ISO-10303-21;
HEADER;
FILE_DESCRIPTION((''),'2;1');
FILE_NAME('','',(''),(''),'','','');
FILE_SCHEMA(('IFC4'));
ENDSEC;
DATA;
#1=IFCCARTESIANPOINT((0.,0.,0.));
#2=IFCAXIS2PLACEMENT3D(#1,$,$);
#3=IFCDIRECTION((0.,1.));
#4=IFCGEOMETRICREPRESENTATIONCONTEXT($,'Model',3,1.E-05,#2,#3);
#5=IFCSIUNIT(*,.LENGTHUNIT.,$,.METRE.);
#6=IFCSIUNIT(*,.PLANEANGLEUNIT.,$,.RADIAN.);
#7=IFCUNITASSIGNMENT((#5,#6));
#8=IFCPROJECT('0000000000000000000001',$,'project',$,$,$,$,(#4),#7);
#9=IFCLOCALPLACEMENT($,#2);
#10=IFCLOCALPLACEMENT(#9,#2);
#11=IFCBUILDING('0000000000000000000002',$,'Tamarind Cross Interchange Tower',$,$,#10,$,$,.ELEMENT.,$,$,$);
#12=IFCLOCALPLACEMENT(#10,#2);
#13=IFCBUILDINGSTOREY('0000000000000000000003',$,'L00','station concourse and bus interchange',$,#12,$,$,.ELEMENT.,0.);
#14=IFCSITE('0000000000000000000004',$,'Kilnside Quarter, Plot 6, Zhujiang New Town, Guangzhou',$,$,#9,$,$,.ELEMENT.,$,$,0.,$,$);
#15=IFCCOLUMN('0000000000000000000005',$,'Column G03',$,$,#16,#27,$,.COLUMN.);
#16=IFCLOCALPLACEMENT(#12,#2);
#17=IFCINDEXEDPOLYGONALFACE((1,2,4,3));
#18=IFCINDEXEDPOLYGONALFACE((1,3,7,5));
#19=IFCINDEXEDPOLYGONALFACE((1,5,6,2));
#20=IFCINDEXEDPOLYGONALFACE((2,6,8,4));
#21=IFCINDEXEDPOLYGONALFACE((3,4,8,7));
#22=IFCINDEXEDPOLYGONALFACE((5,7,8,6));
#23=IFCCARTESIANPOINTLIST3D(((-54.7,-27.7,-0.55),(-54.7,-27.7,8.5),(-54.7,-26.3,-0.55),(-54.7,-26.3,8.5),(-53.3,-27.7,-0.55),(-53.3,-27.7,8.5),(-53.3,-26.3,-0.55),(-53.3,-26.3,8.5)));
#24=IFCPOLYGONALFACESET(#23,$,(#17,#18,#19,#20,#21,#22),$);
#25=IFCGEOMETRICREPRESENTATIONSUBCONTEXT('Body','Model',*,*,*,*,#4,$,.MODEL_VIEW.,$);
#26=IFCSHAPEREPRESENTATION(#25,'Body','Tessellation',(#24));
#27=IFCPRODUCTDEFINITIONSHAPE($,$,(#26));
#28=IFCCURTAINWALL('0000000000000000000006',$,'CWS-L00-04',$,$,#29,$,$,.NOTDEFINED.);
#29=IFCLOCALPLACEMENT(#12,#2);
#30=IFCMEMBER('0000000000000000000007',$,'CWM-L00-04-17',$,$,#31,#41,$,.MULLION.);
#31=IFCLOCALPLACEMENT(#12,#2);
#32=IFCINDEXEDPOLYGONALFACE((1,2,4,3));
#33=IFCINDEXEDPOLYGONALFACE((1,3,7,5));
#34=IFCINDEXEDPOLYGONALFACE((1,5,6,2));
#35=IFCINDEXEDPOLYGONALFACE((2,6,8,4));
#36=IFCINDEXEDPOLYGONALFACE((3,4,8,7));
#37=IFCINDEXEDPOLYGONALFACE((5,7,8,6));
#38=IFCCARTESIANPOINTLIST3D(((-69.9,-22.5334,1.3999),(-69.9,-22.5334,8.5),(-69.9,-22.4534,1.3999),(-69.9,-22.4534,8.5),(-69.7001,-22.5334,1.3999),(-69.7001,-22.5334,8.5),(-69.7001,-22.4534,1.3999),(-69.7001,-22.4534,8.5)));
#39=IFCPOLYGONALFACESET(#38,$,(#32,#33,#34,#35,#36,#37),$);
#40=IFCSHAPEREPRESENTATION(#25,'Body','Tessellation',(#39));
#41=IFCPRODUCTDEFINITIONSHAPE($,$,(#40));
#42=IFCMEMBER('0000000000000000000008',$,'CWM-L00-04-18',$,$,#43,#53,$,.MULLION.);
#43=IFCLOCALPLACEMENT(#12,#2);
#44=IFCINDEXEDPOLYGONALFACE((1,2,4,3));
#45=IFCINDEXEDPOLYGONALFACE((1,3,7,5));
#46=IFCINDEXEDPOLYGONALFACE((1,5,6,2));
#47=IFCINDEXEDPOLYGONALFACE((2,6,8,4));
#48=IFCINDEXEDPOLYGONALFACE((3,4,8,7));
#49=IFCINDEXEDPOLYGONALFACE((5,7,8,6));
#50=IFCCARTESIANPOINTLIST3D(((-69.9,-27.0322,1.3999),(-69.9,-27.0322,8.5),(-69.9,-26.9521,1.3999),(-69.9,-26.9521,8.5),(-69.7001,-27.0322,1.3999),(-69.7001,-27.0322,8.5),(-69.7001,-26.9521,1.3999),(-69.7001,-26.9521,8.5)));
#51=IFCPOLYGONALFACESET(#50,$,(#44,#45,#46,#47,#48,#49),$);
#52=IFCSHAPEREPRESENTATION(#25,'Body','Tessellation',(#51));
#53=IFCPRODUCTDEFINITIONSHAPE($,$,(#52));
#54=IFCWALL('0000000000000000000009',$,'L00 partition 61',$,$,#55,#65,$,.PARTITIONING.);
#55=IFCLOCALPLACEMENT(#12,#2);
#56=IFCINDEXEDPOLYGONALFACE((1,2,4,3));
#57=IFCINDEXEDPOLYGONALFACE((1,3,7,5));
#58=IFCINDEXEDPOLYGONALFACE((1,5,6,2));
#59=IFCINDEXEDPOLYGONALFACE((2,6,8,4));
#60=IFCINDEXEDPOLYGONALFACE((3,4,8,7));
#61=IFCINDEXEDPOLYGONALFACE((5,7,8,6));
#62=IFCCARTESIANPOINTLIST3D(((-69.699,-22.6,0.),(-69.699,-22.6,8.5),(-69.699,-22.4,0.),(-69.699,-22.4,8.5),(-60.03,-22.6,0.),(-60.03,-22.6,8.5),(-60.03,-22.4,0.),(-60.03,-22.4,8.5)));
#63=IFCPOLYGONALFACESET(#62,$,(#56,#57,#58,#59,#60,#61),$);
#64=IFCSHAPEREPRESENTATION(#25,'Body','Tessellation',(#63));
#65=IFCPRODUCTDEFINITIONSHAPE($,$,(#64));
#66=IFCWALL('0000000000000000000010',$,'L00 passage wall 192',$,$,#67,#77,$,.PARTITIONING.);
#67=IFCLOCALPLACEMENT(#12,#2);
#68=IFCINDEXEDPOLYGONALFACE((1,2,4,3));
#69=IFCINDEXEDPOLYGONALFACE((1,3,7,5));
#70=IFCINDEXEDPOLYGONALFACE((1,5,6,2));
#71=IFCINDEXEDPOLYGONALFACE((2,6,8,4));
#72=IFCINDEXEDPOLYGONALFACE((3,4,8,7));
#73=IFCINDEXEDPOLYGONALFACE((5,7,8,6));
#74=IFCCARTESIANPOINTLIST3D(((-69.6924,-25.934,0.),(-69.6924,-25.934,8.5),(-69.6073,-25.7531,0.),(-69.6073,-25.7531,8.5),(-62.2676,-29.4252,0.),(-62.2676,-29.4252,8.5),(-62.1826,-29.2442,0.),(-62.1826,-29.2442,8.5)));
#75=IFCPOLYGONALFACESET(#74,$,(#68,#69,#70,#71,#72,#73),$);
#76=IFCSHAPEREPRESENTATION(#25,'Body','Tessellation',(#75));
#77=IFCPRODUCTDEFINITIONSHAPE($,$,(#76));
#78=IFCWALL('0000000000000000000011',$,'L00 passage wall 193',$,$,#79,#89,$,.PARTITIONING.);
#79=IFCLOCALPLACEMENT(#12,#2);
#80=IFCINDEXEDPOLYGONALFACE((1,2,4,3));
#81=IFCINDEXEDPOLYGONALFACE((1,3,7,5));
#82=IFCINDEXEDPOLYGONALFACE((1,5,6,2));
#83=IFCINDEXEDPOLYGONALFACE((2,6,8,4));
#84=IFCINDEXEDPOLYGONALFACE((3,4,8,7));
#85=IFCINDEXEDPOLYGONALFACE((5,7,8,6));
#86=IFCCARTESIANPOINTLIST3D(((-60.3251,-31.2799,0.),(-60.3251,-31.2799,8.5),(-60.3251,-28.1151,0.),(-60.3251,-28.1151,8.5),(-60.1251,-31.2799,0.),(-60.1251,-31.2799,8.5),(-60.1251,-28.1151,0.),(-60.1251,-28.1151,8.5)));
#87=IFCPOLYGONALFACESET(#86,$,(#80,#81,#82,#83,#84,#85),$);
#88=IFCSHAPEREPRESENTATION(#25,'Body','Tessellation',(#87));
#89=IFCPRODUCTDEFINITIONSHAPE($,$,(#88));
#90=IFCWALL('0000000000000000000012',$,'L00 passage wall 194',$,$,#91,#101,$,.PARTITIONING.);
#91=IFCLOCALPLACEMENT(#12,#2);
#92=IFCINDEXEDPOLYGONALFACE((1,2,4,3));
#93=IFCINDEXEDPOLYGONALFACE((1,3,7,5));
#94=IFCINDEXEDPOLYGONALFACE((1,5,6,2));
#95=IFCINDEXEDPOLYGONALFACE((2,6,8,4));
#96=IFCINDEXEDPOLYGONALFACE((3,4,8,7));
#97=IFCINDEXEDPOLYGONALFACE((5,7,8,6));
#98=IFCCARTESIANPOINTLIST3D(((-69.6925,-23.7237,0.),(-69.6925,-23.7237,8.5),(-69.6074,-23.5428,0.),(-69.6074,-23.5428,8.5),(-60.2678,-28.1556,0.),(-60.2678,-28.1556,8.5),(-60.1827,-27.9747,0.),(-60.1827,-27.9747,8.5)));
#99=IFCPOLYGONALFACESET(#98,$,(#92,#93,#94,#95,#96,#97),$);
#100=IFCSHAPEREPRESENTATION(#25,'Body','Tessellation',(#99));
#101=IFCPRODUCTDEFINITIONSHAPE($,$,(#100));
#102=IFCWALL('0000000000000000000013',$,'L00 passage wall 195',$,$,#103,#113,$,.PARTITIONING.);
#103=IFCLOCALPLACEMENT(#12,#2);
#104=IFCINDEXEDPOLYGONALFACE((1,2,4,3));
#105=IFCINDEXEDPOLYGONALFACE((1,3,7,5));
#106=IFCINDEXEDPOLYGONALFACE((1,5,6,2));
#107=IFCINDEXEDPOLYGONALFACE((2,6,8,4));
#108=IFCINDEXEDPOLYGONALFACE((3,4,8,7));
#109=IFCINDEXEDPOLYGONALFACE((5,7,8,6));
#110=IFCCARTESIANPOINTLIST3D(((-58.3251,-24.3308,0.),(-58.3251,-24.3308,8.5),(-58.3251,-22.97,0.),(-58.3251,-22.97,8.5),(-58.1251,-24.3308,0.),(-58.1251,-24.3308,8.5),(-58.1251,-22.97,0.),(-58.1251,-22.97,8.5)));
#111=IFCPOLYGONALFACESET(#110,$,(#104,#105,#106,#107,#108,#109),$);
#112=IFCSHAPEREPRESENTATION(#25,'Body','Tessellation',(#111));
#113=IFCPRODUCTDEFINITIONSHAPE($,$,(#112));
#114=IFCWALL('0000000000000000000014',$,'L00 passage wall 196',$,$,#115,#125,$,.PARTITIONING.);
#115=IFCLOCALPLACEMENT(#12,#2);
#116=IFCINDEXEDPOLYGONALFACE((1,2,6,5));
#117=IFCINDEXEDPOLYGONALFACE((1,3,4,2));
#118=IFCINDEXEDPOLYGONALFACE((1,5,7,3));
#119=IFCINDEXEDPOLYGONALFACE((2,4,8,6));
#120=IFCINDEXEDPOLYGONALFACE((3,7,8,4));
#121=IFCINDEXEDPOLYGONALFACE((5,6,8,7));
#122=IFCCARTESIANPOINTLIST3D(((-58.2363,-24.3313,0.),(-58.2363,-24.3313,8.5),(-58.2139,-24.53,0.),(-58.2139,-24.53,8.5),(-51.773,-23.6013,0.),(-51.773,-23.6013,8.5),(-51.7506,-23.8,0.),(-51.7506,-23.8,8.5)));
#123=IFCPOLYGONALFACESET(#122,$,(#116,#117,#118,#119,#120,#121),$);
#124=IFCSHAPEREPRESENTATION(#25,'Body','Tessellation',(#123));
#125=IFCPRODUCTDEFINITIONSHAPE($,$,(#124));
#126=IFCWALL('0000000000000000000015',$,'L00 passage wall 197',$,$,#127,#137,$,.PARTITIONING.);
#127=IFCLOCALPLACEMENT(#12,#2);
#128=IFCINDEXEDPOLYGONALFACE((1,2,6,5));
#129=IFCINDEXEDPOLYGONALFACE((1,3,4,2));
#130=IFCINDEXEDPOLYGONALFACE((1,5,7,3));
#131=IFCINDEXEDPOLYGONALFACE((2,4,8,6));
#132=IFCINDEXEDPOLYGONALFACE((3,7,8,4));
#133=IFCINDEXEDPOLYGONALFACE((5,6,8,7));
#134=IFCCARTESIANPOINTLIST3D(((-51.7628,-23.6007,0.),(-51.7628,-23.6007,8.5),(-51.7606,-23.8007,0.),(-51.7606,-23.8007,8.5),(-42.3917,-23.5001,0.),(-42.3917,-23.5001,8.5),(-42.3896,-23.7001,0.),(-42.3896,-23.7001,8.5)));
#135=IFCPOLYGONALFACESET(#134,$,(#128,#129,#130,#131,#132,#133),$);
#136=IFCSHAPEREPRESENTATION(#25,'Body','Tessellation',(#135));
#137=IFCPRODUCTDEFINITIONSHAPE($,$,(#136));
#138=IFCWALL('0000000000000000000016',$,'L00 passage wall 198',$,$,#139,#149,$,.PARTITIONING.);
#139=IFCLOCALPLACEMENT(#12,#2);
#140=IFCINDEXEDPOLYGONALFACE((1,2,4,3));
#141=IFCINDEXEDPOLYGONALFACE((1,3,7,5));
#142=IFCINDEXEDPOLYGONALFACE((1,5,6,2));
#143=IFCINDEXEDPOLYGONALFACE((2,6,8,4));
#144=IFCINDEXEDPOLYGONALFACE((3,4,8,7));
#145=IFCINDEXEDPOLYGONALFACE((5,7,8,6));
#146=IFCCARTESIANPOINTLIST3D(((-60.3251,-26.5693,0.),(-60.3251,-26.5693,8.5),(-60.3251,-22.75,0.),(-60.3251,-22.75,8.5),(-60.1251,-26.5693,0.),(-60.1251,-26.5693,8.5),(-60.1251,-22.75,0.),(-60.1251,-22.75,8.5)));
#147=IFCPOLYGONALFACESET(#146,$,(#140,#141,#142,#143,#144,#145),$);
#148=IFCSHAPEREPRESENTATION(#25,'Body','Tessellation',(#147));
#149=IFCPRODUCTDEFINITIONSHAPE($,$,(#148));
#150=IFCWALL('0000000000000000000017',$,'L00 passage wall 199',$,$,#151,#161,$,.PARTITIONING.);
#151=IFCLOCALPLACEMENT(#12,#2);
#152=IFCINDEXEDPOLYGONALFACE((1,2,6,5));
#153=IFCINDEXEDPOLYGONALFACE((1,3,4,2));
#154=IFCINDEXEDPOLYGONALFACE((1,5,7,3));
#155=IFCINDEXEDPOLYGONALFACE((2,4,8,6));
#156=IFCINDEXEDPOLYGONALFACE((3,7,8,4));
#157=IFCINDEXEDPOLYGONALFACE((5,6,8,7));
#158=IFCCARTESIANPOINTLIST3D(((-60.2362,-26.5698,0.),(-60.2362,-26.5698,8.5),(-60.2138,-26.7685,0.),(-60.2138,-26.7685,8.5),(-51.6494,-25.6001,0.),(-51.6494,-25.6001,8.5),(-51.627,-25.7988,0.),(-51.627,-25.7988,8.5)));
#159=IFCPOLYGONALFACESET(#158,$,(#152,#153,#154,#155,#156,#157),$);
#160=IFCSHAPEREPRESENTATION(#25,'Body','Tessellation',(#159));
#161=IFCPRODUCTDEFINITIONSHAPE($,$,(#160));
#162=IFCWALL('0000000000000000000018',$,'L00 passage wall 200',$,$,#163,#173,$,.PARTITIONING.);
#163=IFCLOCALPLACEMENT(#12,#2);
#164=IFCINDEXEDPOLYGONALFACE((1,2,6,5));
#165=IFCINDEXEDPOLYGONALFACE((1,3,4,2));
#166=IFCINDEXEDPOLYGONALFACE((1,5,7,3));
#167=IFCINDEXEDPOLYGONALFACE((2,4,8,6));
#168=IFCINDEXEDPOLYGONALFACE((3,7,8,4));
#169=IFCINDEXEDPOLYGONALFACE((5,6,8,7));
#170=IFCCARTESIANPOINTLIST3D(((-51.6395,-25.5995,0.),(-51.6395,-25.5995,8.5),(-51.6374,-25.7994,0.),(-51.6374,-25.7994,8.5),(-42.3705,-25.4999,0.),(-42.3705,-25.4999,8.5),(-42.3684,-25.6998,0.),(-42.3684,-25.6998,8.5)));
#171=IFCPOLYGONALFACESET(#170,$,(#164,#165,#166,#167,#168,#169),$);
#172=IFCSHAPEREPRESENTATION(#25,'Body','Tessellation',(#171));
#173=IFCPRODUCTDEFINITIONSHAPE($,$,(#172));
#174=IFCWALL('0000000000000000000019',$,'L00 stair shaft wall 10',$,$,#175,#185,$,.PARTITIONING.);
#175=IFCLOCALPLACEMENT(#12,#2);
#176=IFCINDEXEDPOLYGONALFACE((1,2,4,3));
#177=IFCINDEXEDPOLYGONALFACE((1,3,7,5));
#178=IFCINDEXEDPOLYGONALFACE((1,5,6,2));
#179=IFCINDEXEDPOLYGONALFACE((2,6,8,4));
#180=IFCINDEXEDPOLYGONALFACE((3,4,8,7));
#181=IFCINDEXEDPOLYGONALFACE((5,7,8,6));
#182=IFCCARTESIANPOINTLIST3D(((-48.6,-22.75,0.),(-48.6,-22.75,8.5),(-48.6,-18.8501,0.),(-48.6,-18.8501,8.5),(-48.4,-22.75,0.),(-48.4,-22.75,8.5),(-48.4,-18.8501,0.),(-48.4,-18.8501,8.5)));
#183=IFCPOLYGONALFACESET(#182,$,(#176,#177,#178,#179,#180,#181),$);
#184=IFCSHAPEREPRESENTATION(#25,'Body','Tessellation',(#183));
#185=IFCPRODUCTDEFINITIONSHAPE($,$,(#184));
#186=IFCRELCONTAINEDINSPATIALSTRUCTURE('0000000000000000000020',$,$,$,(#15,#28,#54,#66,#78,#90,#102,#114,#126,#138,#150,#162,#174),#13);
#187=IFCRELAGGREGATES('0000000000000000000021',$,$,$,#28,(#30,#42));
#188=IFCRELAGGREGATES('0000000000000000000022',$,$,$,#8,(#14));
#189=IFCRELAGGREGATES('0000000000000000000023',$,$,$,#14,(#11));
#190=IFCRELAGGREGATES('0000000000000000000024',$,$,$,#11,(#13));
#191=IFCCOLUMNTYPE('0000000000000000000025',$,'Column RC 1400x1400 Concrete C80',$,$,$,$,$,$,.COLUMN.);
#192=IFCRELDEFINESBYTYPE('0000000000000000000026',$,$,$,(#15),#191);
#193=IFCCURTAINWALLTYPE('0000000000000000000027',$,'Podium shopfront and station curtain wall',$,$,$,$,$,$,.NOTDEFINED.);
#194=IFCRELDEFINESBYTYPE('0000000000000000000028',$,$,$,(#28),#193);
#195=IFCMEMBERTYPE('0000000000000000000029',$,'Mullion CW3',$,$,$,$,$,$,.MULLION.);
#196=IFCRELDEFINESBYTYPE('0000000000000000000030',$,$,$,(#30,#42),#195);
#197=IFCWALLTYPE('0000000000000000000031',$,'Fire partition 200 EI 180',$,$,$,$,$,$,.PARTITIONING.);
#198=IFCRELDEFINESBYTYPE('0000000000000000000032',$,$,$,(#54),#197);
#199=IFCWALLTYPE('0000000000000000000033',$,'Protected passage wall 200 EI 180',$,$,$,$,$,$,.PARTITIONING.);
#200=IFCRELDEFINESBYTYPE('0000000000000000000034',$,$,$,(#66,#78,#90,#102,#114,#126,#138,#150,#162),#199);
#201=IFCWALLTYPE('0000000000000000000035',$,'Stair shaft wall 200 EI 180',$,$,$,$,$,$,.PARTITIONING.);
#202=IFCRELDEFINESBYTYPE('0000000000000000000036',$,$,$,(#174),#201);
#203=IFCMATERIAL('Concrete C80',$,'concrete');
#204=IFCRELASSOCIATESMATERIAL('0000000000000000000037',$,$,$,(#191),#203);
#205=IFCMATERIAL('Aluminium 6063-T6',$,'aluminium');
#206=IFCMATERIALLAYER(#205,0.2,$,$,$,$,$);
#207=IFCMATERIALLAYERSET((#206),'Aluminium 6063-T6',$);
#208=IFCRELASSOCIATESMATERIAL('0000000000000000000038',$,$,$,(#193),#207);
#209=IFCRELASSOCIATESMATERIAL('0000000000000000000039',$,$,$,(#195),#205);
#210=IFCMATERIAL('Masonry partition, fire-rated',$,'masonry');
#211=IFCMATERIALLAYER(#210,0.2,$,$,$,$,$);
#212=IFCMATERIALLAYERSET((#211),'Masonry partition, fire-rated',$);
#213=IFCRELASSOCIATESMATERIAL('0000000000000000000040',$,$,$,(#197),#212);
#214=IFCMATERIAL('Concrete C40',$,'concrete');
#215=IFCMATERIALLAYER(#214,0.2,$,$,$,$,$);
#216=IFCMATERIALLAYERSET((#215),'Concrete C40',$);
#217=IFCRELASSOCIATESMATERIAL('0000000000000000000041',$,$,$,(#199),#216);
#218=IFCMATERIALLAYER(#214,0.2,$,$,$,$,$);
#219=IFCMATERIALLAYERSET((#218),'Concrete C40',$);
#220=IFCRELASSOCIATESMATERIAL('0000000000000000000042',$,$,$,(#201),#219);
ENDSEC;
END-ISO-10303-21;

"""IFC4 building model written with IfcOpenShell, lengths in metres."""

from ifc_helpers import new_model, si_unit, direction, frame, frame_2d, origin, origin_2d, place, context, subcontext, project, spatial, rectangle, extrude, material, layer, layer_set, material_profile, profile_set, type_object, element, aggregate, save


model = new_model("IFC4")

# Units and contexts
model_context = context("Model", 3, precision=1e-05, world=origin(), true_north=direction((0.0, 1.0)))
body_context = subcontext(model_context, "Body", "Model", "MODEL_VIEW")
ifc_project = project(units=[si_unit("LENGTHUNIT", "METRE"), si_unit("PLANEANGLEUNIT", "RADIAN")], contexts=[model_context])

# Site, building, storey
site_placement = place(None, origin())
site = spatial("IfcSite", under=ifc_project, at=site_placement, Name="Kilnside Quarter, Plot 6, Zhujiang New Town, Guangzhou", CompositionType="ELEMENT", RefElevation=0.0)
building_placement = place(site_placement, origin())
building = spatial("IfcBuilding", under=site, at=building_placement, Name="Tamarind Cross Interchange Tower", CompositionType="ELEMENT")
storey_placement = place(building_placement, origin())
storey = spatial("IfcBuildingStorey", under=building, at=storey_placement, Name="L00", Description="station concourse and bus interchange", CompositionType="ELEMENT", Elevation=0.0)

# Column
ifc_material_1 = material(Name="Concrete C80", Category="concrete")
ifc_material_profile_1 = material_profile(ifc_material_1, rectangle(XDim=1.3999, YDim=1.3999, at=origin_2d()), Name="RC 1400x1400")
ifc_profile_set_1 = profile_set([ifc_material_profile_1], Name="Concrete C80")
column_type = type_object("IfcColumnType", Name="Column RC 1400x1400 Concrete C80", PredefinedType="COLUMN", material=ifc_profile_set_1)
column_placement = place(storey_placement, frame((-54.0, -27.0, -0.55), z_axis=(0.0, 0.0, 1.0), x_axis=(1.0, 0.0, 0.0)))
element("IfcColumn", 1, at=column_placement, inside=storey, type_object=column_type, Name="Column G03", PredefinedType="COLUMN", context=body_context, shape_type="SweptSolid", body=[
    extrude(rectangle(XDim=1.3999, YDim=1.3999, at=origin_2d()), origin(), (0.0, 0.0, 1.0), 9.05),
])

# Curtain wall, members
ifc_material_2 = material(Name="Aluminium 6063-T6", Category="aluminium")
ifc_layer_1 = layer(ifc_material_2, 0.2)
ifc_layer_set_1 = layer_set([ifc_layer_1], Name="Aluminium 6063-T6")
curtain_wall_type = type_object("IfcCurtainWallType", Name="Podium shopfront and station curtain wall", PredefinedType="NOTDEFINED", material=ifc_layer_set_1)
curtain_wall_placement = place(storey_placement, origin())
curtain_wall = element("IfcCurtainWall", 2, at=curtain_wall_placement, inside=storey, type_object=curtain_wall_type, Name="CWS-L00-04", PredefinedType="NOTDEFINED")
ifc_material_profile_2 = material_profile(ifc_material_2, rectangle(XDim=0.0801, YDim=0.2, at=origin_2d()), Name="Mullion CW3")
ifc_profile_set_2 = profile_set([ifc_material_profile_2], Name="Aluminium 6063-T6")
member_type = type_object("IfcMemberType", Name="Mullion CW3", PredefinedType="MULLION", material=ifc_profile_set_2)
member_1_placement = place(storey_placement, frame((-69.8, -22.4934, 1.3999), z_axis=(0.0, 0.0, 1.0), x_axis=(0.0, -1.0, 0.0)))
member_1 = element("IfcMember", 3, at=member_1_placement, type_object=member_type, Name="CWM-L00-04-17", PredefinedType="MULLION", context=body_context, shape_type="SweptSolid", body=[
    extrude(rectangle(XDim=0.0801, YDim=0.2, at=origin_2d()), origin(), (0.0, 0.0, 1.0), 7.1001),
])
member_2_placement = place(storey_placement, frame((-69.8, -26.9922, 1.3999), z_axis=(0.0, 0.0, 1.0), x_axis=(0.0, -1.0, 0.0)))
member_2 = element("IfcMember", 4, at=member_2_placement, type_object=member_type, Name="CWM-L00-04-18", PredefinedType="MULLION", context=body_context, shape_type="SweptSolid", body=[
    extrude(rectangle(XDim=0.0801, YDim=0.2, at=origin_2d()), origin(), (0.0, 0.0, 1.0), 7.1001),
])
aggregate(curtain_wall, [member_1, member_2])

# Wall
ifc_material_3 = material(Name="Masonry partition, fire-rated", Category="masonry")
ifc_layer_2 = layer(ifc_material_3, 0.2)
ifc_layer_set_2 = layer_set([ifc_layer_2], Name="Masonry partition, fire-rated")
wall_type_1 = type_object("IfcWallType", Name="Fire partition 200 EI 180", PredefinedType="PARTITIONING", material=ifc_layer_set_2)
wall_1_placement = place(storey_placement, frame((-69.699, -22.5, 0.0), z_axis=(0.0, 0.0, 1.0), x_axis=(1.0, 0.0, 0.0)))
element("IfcWall", 5, at=wall_1_placement, inside=storey, type_object=wall_type_1, Name="L00 partition 61", PredefinedType="PARTITIONING", context=body_context, shape_type="SweptSolid", body=[
    extrude(rectangle(XDim=9.6689, YDim=0.2, at=frame_2d((4.8345, 0.0))), origin(), (0.0, 0.0, 1.0), 8.5),
])

# Walls
ifc_material_4 = material(Name="Concrete C40", Category="concrete")
ifc_layer_3 = layer(ifc_material_4, 0.2)
ifc_layer_set_3 = layer_set([ifc_layer_3], Name="Concrete C40")
wall_type_2 = type_object("IfcWallType", Name="Protected passage wall 200 EI 180", PredefinedType="PARTITIONING", material=ifc_layer_set_3)
wall_2_placement = place(storey_placement, frame((-62.2251, -29.3347, 0.0), z_axis=(0.0, 0.0, 1.0), x_axis=(-0.904951, 0.425516, 0.0)))
element("IfcWall", 6, at=wall_2_placement, inside=storey, type_object=wall_type_2, Name="L00 passage wall 192", PredefinedType="PARTITIONING", context=body_context, shape_type="SweptSolid", body=[
    extrude(rectangle(XDim=8.2046, YDim=0.2, at=frame_2d((4.1023, 0.0))), origin(), (0.0, 0.0, 1.0), 8.5),
])
wall_3_placement = place(storey_placement, frame((-60.2251, -31.28, 0.0), z_axis=(0.0, 0.0, 1.0), x_axis=(0.0, 1.0, 0.0)))
element("IfcWall", 7, at=wall_3_placement, inside=storey, type_object=wall_type_2, Name="L00 passage wall 193", PredefinedType="PARTITIONING", context=body_context, shape_type="SweptSolid", body=[
    extrude(rectangle(XDim=3.1648, YDim=0.2, at=frame_2d((1.5825, 0.0))), origin(), (0.0, 0.0, 1.0), 8.5),
])
wall_4_placement = place(storey_placement, frame((-60.2251, -28.0652, 0.0), z_axis=(0.0, 0.0, 1.0), x_axis=(-0.904941, 0.425536, 0.0)))
element("IfcWall", 8, at=wall_4_placement, inside=storey, type_object=wall_type_2, Name="L00 passage wall 194", PredefinedType="PARTITIONING", context=body_context, shape_type="SweptSolid", body=[
    extrude(rectangle(XDim=10.4148, YDim=0.2, at=frame_2d((5.2075, 0.0))), origin(), (0.0, 0.0, 1.0), 8.5),
])
wall_5_placement = place(storey_placement, frame((-58.2251, -22.97, 0.0), z_axis=(0.0, 0.0, 1.0), x_axis=(0.0, -1.0, 0.0)))
element("IfcWall", 9, at=wall_5_placement, inside=storey, type_object=wall_type_2, Name="L00 passage wall 195", PredefinedType="PARTITIONING", context=body_context, shape_type="SweptSolid", body=[
    extrude(rectangle(XDim=1.3608, YDim=0.2, at=frame_2d((0.6804, 0.0))), origin(), (0.0, 0.0, 1.0), 8.5),
])
wall_6_placement = place(storey_placement, frame((-58.2251, -24.4307, 0.0), z_axis=(0.0, 0.0, 1.0), x_axis=(0.993683, 0.112227, 0.0)))
element("IfcWall", 10, at=wall_6_placement, inside=storey, type_object=wall_type_2, Name="L00 passage wall 196", PredefinedType="PARTITIONING", context=body_context, shape_type="SweptSolid", body=[
    extrude(rectangle(XDim=6.5044, YDim=0.2, at=frame_2d((3.2522, 0.0))), origin(), (0.0, 0.0, 1.0), 8.5),
])
wall_7_placement = place(storey_placement, frame((-51.7617, -23.7007, 0.0), z_axis=(0.0, 0.0, 1.0), x_axis=(0.999942, 0.010733, 0.0)))
element("IfcWall", 11, at=wall_7_placement, inside=storey, type_object=wall_type_2, Name="L00 passage wall 197", PredefinedType="PARTITIONING", context=body_context, shape_type="SweptSolid", body=[
    extrude(rectangle(XDim=9.3716, YDim=0.2, at=frame_2d((4.6858, 0.0))), origin(), (0.0, 0.0, 1.0), 8.5),
])
wall_8_placement = place(storey_placement, frame((-60.2251, -22.75, 0.0), z_axis=(0.0, 0.0, 1.0), x_axis=(0.0, -1.0, 0.0)))
element("IfcWall", 12, at=wall_8_placement, inside=storey, type_object=wall_type_2, Name="L00 passage wall 198", PredefinedType="PARTITIONING", context=body_context, shape_type="SweptSolid", body=[
    extrude(rectangle(XDim=3.8193, YDim=0.2, at=frame_2d((1.9097, 0.0))), origin(), (0.0, 0.0, 1.0), 8.5),
])
wall_9_placement = place(storey_placement, frame((-60.2251, -26.6692, 0.0), z_axis=(0.0, 0.0, 1.0), x_axis=(0.993683, 0.112221, 0.0)))
element("IfcWall", 13, at=wall_9_placement, inside=storey, type_object=wall_type_2, Name="L00 passage wall 199", PredefinedType="PARTITIONING", context=body_context, shape_type="SweptSolid", body=[
    extrude(rectangle(XDim=8.6414, YDim=0.2, at=frame_2d((4.3208, 0.0))), origin(), (0.0, 0.0, 1.0), 8.5),
])
wall_10_placement = place(storey_placement, frame((-51.6384, -25.6995, 0.0), z_axis=(0.0, 0.0, 1.0), x_axis=(0.999942, 0.010746, 0.0)))
element("IfcWall", 14, at=wall_10_placement, inside=storey, type_object=wall_type_2, Name="L00 passage wall 200", PredefinedType="PARTITIONING", context=body_context, shape_type="SweptSolid", body=[
    extrude(rectangle(XDim=9.2695, YDim=0.2, at=frame_2d((4.6348, 0.0))), origin(), (0.0, 0.0, 1.0), 8.5),
])
ifc_layer_4 = layer(ifc_material_4, 0.2)
ifc_layer_set_4 = layer_set([ifc_layer_4], Name="Concrete C40")
wall_type_3 = type_object("IfcWallType", Name="Stair shaft wall 200 EI 180", PredefinedType="PARTITIONING", material=ifc_layer_set_4)
wall_11_placement = place(storey_placement, frame((-48.5, -22.75, 0.0), z_axis=(0.0, 0.0, 1.0), x_axis=(0.0, 1.0, 0.0)))
element("IfcWall", 15, at=wall_11_placement, inside=storey, type_object=wall_type_3, Name="L00 stair shaft wall 10", PredefinedType="PARTITIONING", context=body_context, shape_type="SweptSolid", body=[
    extrude(rectangle(XDim=3.8999, YDim=0.2, at=frame_2d((1.95, 0.0))), origin(), (0.0, 0.0, 1.0), 8.5),
])

save(model, "model.ifc")
